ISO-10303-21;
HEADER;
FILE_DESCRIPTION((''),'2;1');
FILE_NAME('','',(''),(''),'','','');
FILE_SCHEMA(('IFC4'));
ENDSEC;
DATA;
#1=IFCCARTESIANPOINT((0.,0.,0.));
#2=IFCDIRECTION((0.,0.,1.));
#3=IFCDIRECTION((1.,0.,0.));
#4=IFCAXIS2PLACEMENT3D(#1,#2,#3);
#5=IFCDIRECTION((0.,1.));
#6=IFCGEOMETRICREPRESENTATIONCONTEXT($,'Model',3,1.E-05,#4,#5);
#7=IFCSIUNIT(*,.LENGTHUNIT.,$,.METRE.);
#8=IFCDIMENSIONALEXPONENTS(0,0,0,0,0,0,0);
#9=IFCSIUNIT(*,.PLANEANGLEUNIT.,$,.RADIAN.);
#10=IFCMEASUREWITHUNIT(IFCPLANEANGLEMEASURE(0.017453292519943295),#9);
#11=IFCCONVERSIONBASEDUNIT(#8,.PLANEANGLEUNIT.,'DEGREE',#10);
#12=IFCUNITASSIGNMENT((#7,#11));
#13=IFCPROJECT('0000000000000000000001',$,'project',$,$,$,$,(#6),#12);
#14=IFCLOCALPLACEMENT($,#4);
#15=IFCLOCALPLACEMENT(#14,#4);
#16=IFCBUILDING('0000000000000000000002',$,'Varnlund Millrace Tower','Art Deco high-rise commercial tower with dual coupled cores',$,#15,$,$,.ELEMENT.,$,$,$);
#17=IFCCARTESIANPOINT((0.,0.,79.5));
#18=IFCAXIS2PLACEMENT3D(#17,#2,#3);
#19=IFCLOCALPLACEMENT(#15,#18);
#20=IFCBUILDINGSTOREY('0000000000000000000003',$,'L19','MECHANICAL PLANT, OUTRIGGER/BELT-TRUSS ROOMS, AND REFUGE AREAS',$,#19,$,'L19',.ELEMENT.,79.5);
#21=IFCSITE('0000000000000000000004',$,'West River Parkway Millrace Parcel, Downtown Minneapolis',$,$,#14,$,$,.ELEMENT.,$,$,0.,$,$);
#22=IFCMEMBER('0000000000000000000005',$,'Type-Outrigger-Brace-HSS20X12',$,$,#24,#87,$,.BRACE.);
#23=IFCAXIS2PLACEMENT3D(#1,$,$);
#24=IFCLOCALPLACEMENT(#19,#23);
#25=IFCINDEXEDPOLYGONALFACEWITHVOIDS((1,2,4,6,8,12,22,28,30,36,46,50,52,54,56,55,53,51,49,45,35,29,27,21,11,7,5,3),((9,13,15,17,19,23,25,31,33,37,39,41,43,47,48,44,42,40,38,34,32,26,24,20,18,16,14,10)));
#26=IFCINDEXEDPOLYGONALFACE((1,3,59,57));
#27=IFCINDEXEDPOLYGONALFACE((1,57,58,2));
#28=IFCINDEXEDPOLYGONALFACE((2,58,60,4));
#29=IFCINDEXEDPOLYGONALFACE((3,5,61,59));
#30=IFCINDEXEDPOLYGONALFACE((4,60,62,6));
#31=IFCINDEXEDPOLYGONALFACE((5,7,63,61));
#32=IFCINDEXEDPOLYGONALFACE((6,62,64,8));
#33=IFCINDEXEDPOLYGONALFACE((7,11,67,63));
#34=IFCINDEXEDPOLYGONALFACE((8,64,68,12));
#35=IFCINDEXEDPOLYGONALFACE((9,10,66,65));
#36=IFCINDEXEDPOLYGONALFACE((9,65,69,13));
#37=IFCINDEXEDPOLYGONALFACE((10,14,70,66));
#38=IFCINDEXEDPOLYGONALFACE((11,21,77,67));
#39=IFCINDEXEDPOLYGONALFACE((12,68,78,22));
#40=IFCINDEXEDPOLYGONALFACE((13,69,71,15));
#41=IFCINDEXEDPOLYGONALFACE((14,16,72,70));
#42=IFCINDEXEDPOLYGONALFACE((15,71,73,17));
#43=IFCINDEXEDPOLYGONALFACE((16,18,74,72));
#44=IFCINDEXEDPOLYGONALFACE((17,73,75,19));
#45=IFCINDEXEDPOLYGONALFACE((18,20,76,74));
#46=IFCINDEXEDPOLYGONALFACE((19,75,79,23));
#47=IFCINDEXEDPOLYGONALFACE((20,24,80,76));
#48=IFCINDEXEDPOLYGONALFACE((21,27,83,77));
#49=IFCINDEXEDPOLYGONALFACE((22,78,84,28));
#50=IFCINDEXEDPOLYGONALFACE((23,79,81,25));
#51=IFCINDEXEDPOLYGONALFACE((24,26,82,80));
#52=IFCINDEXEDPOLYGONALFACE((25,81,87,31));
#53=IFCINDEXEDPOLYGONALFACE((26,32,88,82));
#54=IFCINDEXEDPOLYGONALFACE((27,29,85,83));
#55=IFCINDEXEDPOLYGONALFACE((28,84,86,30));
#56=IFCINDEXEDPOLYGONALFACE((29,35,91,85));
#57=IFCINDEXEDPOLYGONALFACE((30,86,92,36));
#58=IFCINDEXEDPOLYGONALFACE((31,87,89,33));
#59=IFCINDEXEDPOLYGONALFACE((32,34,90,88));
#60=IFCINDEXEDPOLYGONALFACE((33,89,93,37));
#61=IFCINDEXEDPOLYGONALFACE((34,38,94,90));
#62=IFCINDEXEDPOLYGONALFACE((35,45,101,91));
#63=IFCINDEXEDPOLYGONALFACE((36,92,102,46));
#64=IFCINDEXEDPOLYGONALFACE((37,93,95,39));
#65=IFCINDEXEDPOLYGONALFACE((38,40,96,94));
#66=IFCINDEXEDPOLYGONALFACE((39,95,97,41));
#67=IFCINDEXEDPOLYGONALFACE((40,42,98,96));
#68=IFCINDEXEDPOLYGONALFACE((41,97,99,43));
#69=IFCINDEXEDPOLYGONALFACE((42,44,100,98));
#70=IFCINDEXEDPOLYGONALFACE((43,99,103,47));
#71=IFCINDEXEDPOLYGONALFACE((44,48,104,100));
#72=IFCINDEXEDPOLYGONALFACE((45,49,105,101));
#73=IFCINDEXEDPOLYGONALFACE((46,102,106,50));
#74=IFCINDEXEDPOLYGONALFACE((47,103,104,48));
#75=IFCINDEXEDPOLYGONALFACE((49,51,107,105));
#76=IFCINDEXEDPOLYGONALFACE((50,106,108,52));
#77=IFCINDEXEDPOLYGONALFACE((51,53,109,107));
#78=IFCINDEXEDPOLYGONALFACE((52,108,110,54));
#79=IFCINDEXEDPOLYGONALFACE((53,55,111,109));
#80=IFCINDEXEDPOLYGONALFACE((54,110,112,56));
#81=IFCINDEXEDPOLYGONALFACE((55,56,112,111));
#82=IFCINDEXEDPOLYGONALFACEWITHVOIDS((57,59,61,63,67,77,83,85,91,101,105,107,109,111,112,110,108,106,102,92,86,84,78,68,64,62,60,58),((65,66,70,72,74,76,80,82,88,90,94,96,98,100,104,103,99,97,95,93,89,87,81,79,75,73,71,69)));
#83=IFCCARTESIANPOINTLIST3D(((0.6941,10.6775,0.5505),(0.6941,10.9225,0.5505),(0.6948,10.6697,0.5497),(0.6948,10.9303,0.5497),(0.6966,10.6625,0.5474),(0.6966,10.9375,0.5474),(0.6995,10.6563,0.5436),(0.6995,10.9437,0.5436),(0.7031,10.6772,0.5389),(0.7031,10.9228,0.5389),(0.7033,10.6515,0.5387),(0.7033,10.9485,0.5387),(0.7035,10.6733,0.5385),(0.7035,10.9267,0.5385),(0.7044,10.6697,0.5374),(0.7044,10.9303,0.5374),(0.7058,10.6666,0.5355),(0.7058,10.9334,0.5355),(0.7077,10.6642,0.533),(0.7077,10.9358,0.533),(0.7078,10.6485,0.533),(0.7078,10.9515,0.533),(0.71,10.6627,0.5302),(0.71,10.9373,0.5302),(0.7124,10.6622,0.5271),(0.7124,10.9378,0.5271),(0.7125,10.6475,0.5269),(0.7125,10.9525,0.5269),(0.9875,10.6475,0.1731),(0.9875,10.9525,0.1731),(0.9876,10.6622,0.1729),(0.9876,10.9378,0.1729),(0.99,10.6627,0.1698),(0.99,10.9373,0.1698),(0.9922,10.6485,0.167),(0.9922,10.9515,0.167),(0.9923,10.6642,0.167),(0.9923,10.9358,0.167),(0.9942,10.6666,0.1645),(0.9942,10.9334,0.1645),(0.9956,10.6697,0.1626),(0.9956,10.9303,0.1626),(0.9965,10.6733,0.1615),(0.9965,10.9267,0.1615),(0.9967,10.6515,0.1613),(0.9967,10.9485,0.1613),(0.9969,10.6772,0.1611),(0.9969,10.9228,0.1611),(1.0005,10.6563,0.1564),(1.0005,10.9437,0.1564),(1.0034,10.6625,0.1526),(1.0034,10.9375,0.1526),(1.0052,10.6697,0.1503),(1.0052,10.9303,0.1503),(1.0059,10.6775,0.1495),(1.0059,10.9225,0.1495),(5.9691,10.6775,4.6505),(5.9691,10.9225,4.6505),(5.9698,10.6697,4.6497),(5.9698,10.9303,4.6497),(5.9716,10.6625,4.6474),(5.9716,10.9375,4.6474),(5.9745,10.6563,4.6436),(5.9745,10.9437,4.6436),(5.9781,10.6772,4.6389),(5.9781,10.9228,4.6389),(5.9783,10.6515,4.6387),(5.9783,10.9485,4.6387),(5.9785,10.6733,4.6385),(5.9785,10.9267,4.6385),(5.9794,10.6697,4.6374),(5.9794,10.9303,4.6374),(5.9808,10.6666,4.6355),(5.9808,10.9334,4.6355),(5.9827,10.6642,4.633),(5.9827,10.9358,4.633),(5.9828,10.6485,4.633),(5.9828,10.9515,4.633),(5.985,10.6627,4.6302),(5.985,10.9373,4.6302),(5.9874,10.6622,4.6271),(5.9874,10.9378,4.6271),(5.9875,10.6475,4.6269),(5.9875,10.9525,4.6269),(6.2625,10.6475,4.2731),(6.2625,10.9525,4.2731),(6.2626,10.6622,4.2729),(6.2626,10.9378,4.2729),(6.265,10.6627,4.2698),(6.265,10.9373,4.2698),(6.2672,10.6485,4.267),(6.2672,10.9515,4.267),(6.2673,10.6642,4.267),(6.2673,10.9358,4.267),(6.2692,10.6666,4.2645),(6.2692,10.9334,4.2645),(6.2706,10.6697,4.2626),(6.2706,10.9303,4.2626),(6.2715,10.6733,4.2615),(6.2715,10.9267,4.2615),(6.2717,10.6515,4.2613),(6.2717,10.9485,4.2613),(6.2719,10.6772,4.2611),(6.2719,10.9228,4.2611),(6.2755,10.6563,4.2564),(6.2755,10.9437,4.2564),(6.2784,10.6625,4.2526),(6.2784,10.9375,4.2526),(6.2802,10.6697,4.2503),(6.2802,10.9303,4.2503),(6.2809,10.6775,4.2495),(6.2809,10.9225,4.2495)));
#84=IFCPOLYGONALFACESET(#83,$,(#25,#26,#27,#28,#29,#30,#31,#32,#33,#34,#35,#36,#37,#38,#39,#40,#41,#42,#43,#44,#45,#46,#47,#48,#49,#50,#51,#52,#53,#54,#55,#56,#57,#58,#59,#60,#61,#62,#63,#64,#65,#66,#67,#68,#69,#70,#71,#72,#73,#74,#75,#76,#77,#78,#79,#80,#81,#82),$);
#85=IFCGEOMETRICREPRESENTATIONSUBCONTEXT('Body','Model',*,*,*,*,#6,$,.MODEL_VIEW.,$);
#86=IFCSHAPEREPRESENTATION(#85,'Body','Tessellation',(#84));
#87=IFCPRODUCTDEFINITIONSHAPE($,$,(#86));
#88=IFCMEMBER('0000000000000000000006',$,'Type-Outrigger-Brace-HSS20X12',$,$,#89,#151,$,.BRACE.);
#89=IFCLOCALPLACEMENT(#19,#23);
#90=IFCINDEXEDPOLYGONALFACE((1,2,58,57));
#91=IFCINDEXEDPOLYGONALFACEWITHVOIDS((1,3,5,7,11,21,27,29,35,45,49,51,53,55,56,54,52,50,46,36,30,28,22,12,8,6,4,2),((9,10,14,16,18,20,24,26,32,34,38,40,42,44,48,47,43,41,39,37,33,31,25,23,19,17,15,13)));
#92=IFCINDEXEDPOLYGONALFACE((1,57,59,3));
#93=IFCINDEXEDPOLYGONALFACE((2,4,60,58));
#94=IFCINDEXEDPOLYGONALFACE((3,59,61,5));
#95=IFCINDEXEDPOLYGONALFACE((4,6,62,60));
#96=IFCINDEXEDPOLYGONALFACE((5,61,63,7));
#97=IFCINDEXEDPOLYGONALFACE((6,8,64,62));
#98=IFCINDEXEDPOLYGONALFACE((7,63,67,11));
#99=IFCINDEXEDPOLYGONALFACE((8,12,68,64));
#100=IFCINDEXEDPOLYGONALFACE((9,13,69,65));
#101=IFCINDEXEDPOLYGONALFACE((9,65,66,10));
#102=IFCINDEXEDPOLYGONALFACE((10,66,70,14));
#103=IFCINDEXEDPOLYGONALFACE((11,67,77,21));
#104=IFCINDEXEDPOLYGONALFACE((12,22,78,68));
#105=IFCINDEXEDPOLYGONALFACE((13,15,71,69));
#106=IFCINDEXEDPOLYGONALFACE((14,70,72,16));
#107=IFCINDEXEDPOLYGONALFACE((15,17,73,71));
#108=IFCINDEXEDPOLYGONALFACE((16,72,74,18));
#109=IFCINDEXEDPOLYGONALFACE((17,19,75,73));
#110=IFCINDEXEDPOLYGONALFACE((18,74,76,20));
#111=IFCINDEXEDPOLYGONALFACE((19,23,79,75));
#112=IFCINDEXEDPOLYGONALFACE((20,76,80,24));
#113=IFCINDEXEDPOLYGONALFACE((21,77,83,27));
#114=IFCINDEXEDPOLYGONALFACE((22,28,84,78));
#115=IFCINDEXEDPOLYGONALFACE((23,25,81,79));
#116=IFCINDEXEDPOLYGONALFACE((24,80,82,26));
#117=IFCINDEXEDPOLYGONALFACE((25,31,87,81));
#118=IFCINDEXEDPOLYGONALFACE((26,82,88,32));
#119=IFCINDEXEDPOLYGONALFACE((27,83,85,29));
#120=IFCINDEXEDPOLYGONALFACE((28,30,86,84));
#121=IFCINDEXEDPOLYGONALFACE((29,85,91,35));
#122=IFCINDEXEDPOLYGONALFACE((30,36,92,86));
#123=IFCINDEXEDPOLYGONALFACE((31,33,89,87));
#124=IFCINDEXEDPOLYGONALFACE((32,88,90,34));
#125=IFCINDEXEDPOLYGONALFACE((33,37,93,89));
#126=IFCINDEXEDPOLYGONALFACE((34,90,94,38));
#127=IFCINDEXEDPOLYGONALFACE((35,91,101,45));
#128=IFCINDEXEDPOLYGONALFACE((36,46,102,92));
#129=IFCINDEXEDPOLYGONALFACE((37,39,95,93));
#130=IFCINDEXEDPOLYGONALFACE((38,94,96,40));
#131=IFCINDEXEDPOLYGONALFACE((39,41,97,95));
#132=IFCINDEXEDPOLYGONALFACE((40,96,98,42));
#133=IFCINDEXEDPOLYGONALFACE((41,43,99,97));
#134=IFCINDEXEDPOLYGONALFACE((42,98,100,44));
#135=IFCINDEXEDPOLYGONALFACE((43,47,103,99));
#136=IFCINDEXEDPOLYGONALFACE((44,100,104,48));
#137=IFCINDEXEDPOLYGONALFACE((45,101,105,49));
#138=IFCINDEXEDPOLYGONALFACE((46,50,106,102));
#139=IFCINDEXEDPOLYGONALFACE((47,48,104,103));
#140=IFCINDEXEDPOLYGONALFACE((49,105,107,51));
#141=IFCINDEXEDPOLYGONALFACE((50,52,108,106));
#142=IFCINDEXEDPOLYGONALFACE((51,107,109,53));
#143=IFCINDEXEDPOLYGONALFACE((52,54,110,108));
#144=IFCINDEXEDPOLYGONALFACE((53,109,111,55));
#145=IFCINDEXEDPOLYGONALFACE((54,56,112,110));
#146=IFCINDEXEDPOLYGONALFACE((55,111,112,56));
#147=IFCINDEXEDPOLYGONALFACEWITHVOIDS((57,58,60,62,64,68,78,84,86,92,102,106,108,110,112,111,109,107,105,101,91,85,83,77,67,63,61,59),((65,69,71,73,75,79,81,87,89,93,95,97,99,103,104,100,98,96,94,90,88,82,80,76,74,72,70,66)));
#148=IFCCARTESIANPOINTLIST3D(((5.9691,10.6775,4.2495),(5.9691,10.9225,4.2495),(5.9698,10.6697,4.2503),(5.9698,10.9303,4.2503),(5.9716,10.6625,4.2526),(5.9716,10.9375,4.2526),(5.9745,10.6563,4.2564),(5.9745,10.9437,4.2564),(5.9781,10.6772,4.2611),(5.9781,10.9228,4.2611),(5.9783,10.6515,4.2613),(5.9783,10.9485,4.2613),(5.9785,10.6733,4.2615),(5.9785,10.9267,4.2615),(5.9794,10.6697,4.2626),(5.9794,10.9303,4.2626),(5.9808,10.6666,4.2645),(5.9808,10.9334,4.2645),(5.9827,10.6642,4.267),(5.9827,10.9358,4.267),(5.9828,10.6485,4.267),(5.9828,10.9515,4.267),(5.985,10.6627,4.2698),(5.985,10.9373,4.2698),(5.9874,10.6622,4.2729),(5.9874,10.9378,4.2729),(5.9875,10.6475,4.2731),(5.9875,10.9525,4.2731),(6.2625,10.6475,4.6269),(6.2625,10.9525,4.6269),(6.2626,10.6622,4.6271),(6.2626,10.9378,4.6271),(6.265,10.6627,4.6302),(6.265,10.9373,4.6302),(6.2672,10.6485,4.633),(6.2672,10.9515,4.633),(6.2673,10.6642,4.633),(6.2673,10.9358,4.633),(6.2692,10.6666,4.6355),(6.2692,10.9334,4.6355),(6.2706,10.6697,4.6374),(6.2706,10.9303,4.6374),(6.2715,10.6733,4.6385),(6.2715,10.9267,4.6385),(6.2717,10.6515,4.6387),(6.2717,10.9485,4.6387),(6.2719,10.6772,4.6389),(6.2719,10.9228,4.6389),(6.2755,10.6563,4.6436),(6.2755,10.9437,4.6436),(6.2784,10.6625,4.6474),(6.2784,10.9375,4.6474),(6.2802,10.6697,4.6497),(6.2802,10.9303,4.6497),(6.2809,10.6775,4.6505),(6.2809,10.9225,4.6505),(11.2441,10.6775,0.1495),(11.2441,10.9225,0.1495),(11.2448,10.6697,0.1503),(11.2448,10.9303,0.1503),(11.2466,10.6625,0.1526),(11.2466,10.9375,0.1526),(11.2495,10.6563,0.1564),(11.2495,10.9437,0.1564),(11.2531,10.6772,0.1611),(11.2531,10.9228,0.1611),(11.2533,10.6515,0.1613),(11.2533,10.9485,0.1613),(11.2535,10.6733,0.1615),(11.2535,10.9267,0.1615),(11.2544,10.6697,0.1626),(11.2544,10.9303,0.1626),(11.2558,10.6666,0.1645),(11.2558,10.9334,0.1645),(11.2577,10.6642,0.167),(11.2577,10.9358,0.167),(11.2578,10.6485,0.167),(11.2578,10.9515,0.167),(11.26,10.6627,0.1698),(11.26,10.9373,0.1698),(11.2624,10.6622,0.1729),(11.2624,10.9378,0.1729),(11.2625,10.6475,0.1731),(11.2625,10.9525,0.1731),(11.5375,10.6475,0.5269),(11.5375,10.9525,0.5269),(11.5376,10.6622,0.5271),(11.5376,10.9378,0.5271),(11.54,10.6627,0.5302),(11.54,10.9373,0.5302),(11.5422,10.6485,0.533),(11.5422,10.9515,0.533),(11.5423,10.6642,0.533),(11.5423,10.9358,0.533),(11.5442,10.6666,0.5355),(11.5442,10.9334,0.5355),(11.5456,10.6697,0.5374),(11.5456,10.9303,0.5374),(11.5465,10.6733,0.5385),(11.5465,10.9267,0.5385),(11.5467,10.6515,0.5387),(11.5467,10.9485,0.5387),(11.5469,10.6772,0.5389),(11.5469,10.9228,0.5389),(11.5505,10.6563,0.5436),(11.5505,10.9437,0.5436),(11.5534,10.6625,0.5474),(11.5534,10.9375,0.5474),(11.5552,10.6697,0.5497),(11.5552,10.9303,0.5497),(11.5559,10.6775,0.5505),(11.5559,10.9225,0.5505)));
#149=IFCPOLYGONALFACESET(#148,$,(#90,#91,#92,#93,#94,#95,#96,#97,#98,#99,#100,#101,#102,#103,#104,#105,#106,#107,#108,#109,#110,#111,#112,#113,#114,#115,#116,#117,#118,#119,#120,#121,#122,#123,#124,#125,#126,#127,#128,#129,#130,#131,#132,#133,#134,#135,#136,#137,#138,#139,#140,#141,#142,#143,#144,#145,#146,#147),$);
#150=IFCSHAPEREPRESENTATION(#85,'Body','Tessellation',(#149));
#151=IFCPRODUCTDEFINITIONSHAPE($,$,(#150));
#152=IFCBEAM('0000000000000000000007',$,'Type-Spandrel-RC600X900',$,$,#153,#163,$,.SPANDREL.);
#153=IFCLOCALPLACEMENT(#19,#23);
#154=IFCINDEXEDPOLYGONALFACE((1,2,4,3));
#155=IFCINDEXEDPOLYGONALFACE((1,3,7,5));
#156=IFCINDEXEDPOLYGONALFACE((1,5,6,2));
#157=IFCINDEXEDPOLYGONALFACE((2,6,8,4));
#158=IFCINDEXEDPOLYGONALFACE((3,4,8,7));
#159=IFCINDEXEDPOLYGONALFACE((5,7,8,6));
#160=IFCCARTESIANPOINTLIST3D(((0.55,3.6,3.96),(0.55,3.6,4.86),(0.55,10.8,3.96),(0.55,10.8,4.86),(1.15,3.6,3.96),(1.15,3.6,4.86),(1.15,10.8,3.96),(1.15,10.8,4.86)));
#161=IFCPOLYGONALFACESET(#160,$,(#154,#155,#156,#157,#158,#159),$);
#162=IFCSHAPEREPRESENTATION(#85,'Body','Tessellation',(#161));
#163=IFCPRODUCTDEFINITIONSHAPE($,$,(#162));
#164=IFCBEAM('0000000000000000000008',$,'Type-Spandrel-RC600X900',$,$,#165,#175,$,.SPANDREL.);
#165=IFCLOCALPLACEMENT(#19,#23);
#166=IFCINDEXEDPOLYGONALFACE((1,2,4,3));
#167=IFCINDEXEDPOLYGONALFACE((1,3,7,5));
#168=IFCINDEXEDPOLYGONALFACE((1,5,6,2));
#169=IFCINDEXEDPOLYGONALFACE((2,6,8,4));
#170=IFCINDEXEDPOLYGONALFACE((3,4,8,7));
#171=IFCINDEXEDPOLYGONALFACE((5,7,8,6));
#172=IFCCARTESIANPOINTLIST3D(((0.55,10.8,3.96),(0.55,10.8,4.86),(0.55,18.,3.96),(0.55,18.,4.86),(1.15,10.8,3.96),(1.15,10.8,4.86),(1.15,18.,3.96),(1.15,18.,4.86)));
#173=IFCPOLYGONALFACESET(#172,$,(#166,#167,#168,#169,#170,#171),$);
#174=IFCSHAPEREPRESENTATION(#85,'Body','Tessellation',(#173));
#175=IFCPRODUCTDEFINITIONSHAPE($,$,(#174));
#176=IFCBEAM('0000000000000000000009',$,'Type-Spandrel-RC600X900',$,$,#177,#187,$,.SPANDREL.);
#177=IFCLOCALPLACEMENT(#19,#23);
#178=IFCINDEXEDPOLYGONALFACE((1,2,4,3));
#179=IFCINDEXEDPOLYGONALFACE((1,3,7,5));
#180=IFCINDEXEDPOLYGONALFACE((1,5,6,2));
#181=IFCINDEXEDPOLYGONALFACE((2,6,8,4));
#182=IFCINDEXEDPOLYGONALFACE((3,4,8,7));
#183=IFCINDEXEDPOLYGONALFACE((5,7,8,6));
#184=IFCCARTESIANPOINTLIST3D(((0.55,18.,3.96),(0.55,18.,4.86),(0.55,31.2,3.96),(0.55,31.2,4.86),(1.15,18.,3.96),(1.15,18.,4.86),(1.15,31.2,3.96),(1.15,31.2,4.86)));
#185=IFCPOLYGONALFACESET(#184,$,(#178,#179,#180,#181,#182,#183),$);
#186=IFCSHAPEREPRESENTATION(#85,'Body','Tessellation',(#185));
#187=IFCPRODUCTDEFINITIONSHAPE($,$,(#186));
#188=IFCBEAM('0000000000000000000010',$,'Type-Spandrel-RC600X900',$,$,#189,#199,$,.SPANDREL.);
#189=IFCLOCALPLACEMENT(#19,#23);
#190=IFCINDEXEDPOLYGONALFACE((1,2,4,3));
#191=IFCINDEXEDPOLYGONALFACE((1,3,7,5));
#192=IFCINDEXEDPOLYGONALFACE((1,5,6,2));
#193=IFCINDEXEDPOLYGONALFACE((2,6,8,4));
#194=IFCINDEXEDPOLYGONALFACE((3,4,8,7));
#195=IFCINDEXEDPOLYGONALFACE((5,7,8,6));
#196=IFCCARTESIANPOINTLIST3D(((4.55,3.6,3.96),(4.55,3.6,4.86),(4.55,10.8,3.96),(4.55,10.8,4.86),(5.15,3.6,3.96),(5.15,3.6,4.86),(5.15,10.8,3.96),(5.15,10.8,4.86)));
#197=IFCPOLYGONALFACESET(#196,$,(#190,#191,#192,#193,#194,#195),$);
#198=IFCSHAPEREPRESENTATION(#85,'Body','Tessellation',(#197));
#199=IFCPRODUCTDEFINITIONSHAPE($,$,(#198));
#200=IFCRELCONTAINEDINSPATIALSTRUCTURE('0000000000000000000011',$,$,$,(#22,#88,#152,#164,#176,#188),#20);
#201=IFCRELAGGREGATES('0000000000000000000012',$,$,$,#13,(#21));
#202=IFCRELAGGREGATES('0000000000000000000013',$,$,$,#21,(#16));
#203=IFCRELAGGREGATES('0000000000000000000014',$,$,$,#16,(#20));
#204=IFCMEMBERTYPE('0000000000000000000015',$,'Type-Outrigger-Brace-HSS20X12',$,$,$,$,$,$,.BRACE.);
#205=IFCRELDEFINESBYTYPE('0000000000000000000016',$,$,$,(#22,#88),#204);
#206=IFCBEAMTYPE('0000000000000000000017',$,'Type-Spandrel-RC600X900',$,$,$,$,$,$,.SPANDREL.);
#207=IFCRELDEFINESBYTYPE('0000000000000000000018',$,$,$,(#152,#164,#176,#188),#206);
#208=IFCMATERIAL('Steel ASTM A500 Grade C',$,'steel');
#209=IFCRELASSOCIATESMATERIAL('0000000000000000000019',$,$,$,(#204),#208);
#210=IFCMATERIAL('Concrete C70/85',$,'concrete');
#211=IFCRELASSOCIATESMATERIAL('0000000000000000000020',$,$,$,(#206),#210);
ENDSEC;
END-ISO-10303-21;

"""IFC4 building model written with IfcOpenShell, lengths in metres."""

from ifc_helpers import new_model, entity, si_unit, converted_unit, direction, frame, origin_with_axes, origin_2d_with_axis, place, context, subcontext, project, spatial, rectangle, hollow_rectangle, extrude, material, material_profile, profile_set, type_object, element, save


model = new_model("IFC4")

# Units and contexts
model_context = context("Model", 3, precision=1e-05, world=origin_with_axes(), true_north=direction((0.0, 1.0)))
body_context = subcontext(model_context, "Body", "Model", "MODEL_VIEW")
ifc_project = project(units=[si_unit("LENGTHUNIT", "METRE"), converted_unit("PLANEANGLEUNIT", "DEGREE", entity("IfcPlaneAngleMeasure", 0.017453292519943295), si_unit("PLANEANGLEUNIT", "RADIAN"), dimensions=[0, 0, 0, 0, 0, 0, 0])], contexts=[model_context])

# Site, building, storey
site_placement = place(None, origin_with_axes())
site = spatial("IfcSite", under=ifc_project, at=site_placement, Name="West River Parkway Millrace Parcel, Downtown Minneapolis", CompositionType="ELEMENT", RefElevation=0.0)
building_placement = place(site_placement, origin_with_axes())
building = spatial("IfcBuilding", under=site, at=building_placement, Name="Varnlund Millrace Tower", Description="Art Deco high-rise commercial tower with dual coupled cores", CompositionType="ELEMENT")
storey_placement = place(building_placement, frame((0.0, 0.0, 79.5), z_axis=(0.0, 0.0, 1.0), x_axis=(1.0, 0.0, 0.0)))
storey = spatial("IfcBuildingStorey", under=building, at=storey_placement, Name="L19", Description="MECHANICAL PLANT, OUTRIGGER/BELT-TRUSS ROOMS, AND REFUGE AREAS", LongName="L19", CompositionType="ELEMENT", Elevation=79.5)

# Shared definitions
ifc_material_1 = material(Name="Steel ASTM A500 Grade C", Category="steel")

# Members
ifc_material_profile_1 = material_profile(ifc_material_1, hollow_rectangle(XDim=0.305, YDim=0.508, WallThickness=0.0147, InnerFilletRadius=0.015, OuterFilletRadius=0.03, at=origin_2d_with_axis()), Name="Steel ASTM A500 Grade C")
ifc_profile_set_1 = profile_set([ifc_material_profile_1], Name="Steel ASTM A500 Grade C")
member_type_1 = type_object("IfcMemberType", Name="Type-Outrigger-Brace-HSS20X12", PredefinedType="BRACE", material=ifc_profile_set_1)
for number, where, z_axis, x_axis, name in (
    (1, (0.85, 10.8, 0.35), (0.789554, 0.0, 0.613682), (0.0, 1.0, 0.0), "Type-Outrigger-Brace-HSS20X12"),
    (2, (11.4, 10.8, 0.35), (-0.789554, 0.0, 0.613682), (0.0, -1.0, 0.0), "Type-Outrigger-Brace-HSS20X12"),
):
    element("IfcMember", number, at=place(storey_placement, frame(where, z_axis=z_axis, x_axis=x_axis)), inside=storey, type_object=member_type_1, Name=name, PredefinedType="BRACE", context=body_context, shape_type="SweptSolid", body=[
        extrude(hollow_rectangle(XDim=0.305, YDim=0.508, WallThickness=0.0147, InnerFilletRadius=0.015, OuterFilletRadius=0.03, at=origin_2d_with_axis()), origin_with_axes(), (0.0, 0.0, 1.0), 6.681),
    ])

# Beams
ifc_material_2 = material(Name="Concrete C70/85", Category="concrete")
ifc_material_profile_2 = material_profile(ifc_material_2, rectangle(XDim=0.6, YDim=0.9, at=origin_2d_with_axis()), Name="Concrete C70/85")
ifc_profile_set_2 = profile_set([ifc_material_profile_2], Name="Concrete C70/85")
beam_type_1 = type_object("IfcBeamType", Name="Type-Spandrel-RC600X900", PredefinedType="SPANDREL", material=ifc_profile_set_2)
for number, where, z_axis, x_axis, name in (
    (3, (0.85, 3.6, 4.41), (0.0, 1.0, 0.0), (-1.0, 0.0, 0.0), "Type-Spandrel-RC600X900"),
    (4, (0.85, 10.8, 4.41), (0.0, 1.0, 0.0), (-1.0, 0.0, 0.0), "Type-Spandrel-RC600X900"),
):
    element("IfcBeam", number, at=place(storey_placement, frame(where, z_axis=z_axis, x_axis=x_axis)), inside=storey, type_object=beam_type_1, Name=name, PredefinedType="SPANDREL", context=body_context, shape_type="SweptSolid", body=[
        extrude(rectangle(XDim=0.6, YDim=0.9, at=origin_2d_with_axis()), origin_with_axes(), (0.0, 0.0, 1.0), 7.2),
    ])
beam_1_placement = place(storey_placement, frame((0.85, 18.0, 4.41), z_axis=(0.0, 1.0, 0.0), x_axis=(-1.0, 0.0, 0.0)))
element("IfcBeam", 5, at=beam_1_placement, inside=storey, type_object=beam_type_1, Name="Type-Spandrel-RC600X900", PredefinedType="SPANDREL", context=body_context, shape_type="SweptSolid", body=[
    extrude(rectangle(XDim=0.6, YDim=0.9, at=origin_2d_with_axis()), origin_with_axes(), (0.0, 0.0, 1.0), 13.2),
])
beam_2_placement = place(storey_placement, frame((4.85, 3.6, 4.41), z_axis=(0.0, 1.0, 0.0), x_axis=(-1.0, 0.0, 0.0)))
element("IfcBeam", 6, at=beam_2_placement, inside=storey, type_object=beam_type_1, Name="Type-Spandrel-RC600X900", PredefinedType="SPANDREL", context=body_context, shape_type="SweptSolid", body=[
    extrude(rectangle(XDim=0.6, YDim=0.9, at=origin_2d_with_axis()), origin_with_axes(), (0.0, 0.0, 1.0), 7.2),
])

save(model, "model.ifc")
